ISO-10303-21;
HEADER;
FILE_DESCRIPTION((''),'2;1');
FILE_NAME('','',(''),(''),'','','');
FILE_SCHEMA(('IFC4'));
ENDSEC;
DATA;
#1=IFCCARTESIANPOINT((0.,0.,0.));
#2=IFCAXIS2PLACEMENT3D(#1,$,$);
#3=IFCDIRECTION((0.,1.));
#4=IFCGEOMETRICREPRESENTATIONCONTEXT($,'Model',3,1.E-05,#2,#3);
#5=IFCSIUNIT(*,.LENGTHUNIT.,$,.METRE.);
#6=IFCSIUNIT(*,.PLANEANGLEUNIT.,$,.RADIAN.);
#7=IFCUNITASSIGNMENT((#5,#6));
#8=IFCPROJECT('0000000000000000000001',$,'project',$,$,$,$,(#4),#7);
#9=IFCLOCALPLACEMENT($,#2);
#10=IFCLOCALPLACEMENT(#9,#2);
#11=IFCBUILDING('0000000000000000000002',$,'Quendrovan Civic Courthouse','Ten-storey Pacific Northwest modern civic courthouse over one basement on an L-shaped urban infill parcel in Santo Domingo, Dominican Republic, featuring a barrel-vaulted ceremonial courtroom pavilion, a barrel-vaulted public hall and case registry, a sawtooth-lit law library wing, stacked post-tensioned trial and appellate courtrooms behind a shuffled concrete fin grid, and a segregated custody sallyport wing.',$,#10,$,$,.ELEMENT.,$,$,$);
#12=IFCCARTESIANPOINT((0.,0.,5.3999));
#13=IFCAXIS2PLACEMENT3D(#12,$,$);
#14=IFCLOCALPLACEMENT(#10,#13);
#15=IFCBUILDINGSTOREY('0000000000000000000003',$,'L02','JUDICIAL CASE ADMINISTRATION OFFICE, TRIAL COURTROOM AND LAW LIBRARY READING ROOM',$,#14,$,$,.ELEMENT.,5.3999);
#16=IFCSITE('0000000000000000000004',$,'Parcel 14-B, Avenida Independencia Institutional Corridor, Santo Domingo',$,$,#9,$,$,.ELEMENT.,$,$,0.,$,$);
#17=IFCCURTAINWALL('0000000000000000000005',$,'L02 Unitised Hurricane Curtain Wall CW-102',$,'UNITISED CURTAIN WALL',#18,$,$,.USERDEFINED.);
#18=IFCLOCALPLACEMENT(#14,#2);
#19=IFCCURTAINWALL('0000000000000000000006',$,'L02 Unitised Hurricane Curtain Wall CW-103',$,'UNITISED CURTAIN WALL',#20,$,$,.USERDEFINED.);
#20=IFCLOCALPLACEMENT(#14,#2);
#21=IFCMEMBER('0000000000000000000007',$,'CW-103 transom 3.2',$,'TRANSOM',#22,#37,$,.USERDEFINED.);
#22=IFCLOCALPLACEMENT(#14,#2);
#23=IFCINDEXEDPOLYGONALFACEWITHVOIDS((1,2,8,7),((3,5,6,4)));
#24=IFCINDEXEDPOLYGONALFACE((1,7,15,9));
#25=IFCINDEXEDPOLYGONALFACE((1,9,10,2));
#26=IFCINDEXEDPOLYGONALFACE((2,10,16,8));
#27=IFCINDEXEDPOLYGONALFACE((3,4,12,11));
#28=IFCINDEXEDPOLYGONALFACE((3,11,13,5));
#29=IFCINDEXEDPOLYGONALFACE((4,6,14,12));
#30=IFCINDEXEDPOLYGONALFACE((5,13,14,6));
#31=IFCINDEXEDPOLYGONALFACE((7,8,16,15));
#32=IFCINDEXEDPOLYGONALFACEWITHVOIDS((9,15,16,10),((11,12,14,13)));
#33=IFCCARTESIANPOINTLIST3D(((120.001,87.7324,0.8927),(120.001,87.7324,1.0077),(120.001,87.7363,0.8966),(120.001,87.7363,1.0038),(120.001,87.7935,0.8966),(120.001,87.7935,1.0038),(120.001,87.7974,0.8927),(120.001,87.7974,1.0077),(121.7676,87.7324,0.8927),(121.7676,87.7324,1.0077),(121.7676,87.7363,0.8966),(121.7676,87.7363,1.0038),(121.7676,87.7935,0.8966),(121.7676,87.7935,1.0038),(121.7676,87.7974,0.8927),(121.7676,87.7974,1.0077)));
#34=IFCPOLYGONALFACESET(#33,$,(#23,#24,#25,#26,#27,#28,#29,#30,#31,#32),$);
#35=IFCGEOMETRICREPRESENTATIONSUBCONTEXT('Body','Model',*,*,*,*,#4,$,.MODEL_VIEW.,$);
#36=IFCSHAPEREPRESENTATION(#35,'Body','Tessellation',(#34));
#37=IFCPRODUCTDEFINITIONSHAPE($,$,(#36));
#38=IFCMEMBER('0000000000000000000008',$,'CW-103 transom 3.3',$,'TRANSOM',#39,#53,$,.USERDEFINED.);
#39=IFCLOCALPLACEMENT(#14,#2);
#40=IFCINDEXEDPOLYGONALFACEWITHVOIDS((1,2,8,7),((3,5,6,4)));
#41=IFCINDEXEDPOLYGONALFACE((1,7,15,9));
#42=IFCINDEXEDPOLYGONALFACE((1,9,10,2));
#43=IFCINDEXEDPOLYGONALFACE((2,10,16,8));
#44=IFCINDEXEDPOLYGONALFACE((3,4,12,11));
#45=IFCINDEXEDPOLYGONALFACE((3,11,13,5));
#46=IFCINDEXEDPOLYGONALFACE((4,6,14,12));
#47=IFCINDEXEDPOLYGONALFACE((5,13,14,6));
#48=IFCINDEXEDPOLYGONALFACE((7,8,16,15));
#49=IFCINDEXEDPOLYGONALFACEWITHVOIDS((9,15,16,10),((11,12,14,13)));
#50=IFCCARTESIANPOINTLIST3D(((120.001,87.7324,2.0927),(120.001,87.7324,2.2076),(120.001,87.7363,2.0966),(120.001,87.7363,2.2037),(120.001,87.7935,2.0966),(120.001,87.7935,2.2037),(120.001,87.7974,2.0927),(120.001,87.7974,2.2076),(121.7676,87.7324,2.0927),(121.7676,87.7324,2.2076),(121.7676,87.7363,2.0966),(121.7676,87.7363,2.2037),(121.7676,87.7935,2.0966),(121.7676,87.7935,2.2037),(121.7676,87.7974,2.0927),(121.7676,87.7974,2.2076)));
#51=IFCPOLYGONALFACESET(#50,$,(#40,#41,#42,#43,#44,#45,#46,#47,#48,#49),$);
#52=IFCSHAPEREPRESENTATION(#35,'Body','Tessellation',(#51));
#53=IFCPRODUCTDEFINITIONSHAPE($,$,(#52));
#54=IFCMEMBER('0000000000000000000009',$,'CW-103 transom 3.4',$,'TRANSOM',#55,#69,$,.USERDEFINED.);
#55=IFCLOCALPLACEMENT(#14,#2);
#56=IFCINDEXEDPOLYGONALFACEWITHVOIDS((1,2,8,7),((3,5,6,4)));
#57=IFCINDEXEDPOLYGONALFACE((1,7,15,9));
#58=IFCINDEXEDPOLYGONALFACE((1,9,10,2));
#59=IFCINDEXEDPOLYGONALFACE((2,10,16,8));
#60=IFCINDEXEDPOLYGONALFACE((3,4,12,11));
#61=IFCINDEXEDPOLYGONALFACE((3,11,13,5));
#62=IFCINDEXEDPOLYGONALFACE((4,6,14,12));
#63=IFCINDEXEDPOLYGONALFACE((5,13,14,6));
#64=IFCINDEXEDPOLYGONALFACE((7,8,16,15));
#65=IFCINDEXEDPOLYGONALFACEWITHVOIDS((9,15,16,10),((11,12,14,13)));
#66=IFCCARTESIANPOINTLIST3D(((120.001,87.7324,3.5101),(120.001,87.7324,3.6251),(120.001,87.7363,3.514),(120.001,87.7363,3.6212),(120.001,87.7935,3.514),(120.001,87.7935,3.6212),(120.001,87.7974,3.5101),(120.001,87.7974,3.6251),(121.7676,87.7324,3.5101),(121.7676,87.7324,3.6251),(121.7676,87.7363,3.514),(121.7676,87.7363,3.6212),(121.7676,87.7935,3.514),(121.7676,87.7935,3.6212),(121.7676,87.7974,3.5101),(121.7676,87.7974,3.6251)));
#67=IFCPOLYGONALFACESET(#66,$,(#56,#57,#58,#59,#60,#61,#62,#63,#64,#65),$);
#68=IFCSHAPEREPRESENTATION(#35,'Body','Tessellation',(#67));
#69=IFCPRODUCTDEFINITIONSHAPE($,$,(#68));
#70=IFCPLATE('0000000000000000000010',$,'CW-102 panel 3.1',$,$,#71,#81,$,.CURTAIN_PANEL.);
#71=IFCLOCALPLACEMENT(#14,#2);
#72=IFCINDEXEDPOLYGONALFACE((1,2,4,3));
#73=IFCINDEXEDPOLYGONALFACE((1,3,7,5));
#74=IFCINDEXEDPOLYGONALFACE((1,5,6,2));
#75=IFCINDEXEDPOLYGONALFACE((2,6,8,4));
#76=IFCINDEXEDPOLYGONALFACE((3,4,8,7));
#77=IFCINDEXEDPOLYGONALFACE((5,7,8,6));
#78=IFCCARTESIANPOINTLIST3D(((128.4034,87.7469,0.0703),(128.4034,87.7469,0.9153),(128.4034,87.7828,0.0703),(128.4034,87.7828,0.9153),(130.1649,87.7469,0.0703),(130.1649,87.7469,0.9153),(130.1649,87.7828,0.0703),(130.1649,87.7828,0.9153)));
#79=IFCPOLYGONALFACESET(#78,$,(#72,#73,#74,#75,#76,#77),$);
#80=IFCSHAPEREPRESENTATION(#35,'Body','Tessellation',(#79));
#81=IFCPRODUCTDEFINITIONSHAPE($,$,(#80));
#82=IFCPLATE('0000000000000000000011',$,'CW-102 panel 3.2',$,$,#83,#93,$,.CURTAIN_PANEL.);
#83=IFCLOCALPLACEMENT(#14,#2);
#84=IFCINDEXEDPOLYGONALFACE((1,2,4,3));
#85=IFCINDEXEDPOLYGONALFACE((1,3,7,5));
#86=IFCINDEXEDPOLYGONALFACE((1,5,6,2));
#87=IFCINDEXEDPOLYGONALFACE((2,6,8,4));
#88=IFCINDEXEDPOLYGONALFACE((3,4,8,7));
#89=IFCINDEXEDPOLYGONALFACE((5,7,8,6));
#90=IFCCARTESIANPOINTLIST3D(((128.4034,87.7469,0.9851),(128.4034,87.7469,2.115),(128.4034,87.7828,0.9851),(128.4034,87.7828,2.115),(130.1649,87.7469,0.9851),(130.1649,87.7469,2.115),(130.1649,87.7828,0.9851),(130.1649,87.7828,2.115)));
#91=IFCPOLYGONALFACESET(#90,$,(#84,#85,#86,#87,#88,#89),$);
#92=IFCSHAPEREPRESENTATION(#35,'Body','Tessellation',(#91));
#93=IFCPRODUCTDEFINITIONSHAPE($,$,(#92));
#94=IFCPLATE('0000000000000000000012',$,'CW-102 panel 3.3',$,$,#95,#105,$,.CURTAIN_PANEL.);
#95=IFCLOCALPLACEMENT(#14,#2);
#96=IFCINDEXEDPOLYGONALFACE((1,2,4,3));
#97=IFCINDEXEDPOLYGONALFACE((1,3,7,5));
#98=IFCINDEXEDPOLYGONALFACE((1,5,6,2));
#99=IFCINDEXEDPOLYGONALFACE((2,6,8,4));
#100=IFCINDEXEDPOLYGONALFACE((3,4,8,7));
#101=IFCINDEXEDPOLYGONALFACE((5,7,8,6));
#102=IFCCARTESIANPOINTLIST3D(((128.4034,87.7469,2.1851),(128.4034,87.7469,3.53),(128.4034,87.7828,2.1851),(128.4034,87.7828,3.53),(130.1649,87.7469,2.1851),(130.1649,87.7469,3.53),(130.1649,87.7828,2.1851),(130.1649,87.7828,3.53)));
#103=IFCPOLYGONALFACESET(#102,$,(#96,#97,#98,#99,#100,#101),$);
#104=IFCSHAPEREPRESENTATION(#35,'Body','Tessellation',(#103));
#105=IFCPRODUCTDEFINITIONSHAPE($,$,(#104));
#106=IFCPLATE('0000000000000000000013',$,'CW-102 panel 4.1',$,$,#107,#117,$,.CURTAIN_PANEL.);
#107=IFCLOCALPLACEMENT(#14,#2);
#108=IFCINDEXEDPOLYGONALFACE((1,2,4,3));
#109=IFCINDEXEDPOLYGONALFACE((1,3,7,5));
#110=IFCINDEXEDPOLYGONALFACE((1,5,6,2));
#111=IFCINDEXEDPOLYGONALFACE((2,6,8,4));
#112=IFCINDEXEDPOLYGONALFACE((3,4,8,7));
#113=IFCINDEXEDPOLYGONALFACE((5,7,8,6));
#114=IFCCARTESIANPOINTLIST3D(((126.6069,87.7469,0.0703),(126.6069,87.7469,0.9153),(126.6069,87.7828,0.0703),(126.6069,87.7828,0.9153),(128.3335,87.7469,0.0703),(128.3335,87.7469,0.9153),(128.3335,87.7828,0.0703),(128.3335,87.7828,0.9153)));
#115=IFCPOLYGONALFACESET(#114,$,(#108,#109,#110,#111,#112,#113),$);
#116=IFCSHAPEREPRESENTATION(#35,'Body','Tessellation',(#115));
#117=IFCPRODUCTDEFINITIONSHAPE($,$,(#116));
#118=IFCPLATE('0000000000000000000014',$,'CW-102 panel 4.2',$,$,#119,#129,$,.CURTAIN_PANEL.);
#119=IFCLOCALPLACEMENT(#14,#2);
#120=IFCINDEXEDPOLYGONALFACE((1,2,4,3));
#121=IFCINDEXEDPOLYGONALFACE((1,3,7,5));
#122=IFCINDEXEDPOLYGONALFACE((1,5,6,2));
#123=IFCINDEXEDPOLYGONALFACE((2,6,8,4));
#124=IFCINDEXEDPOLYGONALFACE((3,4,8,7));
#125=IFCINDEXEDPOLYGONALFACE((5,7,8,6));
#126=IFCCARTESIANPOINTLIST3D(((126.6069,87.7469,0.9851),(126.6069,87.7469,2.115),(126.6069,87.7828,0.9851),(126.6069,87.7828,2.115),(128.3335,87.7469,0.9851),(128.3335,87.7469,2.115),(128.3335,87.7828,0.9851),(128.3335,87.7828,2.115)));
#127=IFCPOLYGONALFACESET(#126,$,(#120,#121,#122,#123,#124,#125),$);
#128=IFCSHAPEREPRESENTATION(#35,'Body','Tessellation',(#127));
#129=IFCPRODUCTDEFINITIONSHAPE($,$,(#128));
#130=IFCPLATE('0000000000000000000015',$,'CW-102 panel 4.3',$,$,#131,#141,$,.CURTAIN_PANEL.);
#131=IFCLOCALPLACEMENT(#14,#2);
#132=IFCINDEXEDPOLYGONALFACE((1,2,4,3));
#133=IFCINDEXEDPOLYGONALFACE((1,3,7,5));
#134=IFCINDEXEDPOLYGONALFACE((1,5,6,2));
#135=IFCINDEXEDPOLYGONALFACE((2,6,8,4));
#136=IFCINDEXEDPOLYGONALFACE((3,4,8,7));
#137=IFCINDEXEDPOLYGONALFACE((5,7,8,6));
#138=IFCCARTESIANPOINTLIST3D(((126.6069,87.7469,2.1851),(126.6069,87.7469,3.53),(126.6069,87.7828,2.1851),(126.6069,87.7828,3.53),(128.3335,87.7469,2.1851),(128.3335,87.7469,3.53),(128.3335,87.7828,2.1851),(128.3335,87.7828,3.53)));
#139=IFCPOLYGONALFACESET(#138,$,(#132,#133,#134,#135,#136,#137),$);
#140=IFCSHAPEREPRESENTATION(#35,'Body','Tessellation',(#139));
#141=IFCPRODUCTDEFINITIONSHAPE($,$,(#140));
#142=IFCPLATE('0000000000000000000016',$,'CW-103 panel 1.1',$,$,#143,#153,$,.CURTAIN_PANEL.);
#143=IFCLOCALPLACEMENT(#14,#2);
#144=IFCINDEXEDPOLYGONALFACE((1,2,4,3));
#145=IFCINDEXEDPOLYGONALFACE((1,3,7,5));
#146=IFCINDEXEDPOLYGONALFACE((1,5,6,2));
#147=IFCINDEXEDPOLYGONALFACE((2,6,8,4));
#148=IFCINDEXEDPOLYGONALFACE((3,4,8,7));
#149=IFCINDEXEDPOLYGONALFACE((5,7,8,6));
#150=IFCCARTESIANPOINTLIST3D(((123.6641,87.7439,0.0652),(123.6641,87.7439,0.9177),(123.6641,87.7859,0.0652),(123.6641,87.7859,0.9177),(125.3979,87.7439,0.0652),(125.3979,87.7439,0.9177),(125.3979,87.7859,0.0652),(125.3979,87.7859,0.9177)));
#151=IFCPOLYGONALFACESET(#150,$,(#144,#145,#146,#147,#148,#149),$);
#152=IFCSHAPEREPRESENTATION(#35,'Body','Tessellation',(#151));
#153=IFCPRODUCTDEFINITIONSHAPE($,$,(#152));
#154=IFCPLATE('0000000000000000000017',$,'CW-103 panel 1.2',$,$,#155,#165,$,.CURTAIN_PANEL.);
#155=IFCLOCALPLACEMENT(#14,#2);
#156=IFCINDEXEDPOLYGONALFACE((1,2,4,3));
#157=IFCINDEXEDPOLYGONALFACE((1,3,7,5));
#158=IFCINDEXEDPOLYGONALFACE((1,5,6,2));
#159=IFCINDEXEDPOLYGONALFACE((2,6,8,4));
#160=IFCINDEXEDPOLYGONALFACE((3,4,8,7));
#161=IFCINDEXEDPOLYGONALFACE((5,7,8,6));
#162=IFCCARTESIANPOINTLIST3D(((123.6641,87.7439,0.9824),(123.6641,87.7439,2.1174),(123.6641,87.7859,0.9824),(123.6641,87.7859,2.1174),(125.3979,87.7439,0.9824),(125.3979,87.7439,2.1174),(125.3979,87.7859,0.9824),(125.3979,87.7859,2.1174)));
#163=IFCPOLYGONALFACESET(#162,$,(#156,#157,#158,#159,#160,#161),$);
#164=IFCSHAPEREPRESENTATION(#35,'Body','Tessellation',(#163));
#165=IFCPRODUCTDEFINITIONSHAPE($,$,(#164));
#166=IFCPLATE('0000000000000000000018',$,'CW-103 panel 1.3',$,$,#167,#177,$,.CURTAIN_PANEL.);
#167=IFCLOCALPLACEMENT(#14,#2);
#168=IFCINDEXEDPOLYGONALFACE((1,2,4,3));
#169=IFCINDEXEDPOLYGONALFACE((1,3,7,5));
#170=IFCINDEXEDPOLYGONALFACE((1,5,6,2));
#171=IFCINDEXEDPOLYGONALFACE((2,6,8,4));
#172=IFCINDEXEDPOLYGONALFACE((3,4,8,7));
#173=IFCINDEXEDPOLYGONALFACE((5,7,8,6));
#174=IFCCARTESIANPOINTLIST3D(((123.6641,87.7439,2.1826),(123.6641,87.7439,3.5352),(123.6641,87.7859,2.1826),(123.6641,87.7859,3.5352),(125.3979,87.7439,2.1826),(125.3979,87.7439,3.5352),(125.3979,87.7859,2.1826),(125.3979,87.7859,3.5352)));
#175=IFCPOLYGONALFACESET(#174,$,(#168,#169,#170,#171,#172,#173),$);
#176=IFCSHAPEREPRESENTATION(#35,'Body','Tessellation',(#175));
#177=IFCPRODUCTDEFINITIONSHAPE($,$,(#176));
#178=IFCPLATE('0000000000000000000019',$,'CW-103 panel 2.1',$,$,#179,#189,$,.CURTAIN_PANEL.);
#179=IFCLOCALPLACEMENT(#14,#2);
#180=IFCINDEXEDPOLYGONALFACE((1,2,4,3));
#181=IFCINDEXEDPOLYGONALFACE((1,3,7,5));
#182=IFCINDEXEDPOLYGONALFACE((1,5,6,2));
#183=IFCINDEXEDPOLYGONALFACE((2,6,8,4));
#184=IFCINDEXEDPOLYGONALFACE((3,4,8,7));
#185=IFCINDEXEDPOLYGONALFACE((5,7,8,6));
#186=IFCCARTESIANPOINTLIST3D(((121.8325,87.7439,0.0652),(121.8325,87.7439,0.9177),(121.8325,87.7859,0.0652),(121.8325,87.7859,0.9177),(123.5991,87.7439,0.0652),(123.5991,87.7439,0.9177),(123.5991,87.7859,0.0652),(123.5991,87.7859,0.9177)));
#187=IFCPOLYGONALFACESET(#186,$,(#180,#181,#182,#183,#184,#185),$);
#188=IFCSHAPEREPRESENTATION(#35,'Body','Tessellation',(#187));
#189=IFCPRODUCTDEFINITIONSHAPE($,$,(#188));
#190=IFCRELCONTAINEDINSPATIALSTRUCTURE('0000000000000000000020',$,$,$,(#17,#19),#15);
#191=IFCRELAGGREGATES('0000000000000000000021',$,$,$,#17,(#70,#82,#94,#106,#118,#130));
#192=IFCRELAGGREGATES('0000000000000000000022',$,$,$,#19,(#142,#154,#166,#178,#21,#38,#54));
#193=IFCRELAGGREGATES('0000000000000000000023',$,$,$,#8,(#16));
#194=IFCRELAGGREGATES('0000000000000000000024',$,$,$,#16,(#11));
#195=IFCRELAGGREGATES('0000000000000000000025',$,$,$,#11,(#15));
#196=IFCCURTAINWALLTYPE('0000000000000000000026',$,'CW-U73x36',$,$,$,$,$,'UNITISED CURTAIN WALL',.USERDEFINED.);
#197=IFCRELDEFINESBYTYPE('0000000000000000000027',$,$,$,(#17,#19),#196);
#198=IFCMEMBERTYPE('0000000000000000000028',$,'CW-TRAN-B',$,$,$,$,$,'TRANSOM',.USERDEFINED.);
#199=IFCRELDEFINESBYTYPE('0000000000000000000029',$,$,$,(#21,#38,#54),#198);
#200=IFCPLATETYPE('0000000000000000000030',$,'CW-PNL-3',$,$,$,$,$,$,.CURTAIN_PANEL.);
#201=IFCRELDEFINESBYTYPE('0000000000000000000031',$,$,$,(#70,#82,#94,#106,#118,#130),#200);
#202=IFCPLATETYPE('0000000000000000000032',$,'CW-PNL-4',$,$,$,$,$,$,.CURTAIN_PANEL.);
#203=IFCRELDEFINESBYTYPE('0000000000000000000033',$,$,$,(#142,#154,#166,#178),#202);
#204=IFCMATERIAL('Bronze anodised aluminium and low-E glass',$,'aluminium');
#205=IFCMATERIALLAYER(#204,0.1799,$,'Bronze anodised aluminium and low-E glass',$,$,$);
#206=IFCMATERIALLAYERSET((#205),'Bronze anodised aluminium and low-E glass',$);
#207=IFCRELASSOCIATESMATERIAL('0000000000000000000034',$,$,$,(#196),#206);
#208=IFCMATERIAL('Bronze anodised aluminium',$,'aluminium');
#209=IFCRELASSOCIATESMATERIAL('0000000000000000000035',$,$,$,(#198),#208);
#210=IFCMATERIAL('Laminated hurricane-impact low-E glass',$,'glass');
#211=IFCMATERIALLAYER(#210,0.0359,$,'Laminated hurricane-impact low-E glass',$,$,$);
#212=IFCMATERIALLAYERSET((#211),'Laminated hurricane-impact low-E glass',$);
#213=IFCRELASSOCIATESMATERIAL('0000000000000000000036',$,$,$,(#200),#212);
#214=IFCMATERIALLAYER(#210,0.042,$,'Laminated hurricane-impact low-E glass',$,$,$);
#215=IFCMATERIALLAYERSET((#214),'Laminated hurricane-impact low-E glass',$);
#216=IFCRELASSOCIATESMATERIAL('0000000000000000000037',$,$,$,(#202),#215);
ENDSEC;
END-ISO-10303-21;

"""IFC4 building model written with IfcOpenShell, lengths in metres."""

from ifc_helpers import new_model, si_unit, direction, frame, origin, origin_2d, place, context, subcontext, project, spatial, rectangle, hollow_rectangle, extrude, material, layer, layer_set, material_profile, profile_set, type_object, element, aggregate, save


model = new_model("IFC4")

# Units and contexts
model_context = context("Model", 3, precision=1e-05, world=origin(), true_north=direction((0.0, 1.0)))
body_context = subcontext(model_context, "Body", "Model", "MODEL_VIEW")
ifc_project = project(units=[si_unit("LENGTHUNIT", "METRE"), si_unit("PLANEANGLEUNIT", "RADIAN")], contexts=[model_context])

# Site, building, storey
site_placement = place(None, origin())
site = spatial("IfcSite", under=ifc_project, at=site_placement, Name="Parcel 14-B, Avenida Independencia Institutional Corridor, Santo Domingo", CompositionType="ELEMENT", RefElevation=0.0)
building_placement = place(site_placement, origin())
building = spatial("IfcBuilding", under=site, at=building_placement, Name="Quendrovan Civic Courthouse", Description="Ten-storey Pacific Northwest modern civic courthouse over one basement on an L-shaped urban infill parcel in Santo Domingo, Dominican Republic, featuring a barrel-vaulted ceremonial courtroom pavilion, a barrel-vaulted public hall and case registry, a sawtooth-lit law library wing, stacked post-tensioned trial and appellate courtrooms behind a shuffled concrete fin grid, and a segregated custody sallyport wing.", CompositionType="ELEMENT")
storey_placement = place(building_placement, frame((0.0, 0.0, 5.3999)))
storey = spatial("IfcBuildingStorey", under=building, at=storey_placement, Name="L02", Description="JUDICIAL CASE ADMINISTRATION OFFICE, TRIAL COURTROOM AND LAW LIBRARY READING ROOM", CompositionType="ELEMENT", Elevation=5.3999)

# Curtain walls
ifc_material_1 = material(Name="Bronze anodised aluminium and low-E glass", Category="aluminium")
ifc_layer_1 = layer(ifc_material_1, 0.1799, Name="Bronze anodised aluminium and low-E glass")
ifc_layer_set_1 = layer_set([ifc_layer_1], Name="Bronze anodised aluminium and low-E glass")
curtain_wall_type = type_object("IfcCurtainWallType", Name="CW-U73x36", ElementType="UNITISED CURTAIN WALL", PredefinedType="USERDEFINED", material=ifc_layer_set_1)
curtain_wall_1_placement = place(storey_placement, origin())
curtain_wall_1 = element("IfcCurtainWall", 1, at=curtain_wall_1_placement, inside=storey, type_object=curtain_wall_type, Name="L02 Unitised Hurricane Curtain Wall CW-102", ObjectType="UNITISED CURTAIN WALL", PredefinedType="USERDEFINED")
ifc_material_2 = material(Name="Bronze anodised aluminium", Category="aluminium")
curtain_wall_2_placement = place(storey_placement, origin())
curtain_wall_2 = element("IfcCurtainWall", 2, at=curtain_wall_2_placement, inside=storey, type_object=curtain_wall_type, Name="L02 Unitised Hurricane Curtain Wall CW-103", ObjectType="UNITISED CURTAIN WALL", PredefinedType="USERDEFINED")

# Members
ifc_material_profile_1 = material_profile(ifc_material_2, hollow_rectangle(XDim=0.0649, YDim=0.115, WallThickness=0.0039, at=origin_2d()), Name="CW-TRAN-65x115")
ifc_profile_set_1 = profile_set([ifc_material_profile_1], Name="Bronze anodised aluminium")
member_type_1 = type_object("IfcMemberType", Name="CW-TRAN-B", ElementType="TRANSOM", PredefinedType="USERDEFINED", material=ifc_profile_set_1)
member_1_placement = place(storey_placement, frame((121.7676, 87.7649, 0.9502), z_axis=(-1.0, 0.0, 0.0), x_axis=(0.0, -1.0, 0.0)))
member_1 = element("IfcMember", 3, at=member_1_placement, type_object=member_type_1, Name="CW-103 transom 3.2", ObjectType="TRANSOM", PredefinedType="USERDEFINED", context=body_context, shape_type="SweptSolid", body=[
    extrude(hollow_rectangle(XDim=0.0649, YDim=0.115, WallThickness=0.0039, at=origin_2d()), origin(), (0.0, 0.0, 1.0), 1.7666),
])
member_2_placement = place(storey_placement, frame((121.7676, 87.7649, 2.1501), z_axis=(-1.0, 0.0, 0.0), x_axis=(0.0, -1.0, 0.0)))
member_2 = element("IfcMember", 4, at=member_2_placement, type_object=member_type_1, Name="CW-103 transom 3.3", ObjectType="TRANSOM", PredefinedType="USERDEFINED", context=body_context, shape_type="SweptSolid", body=[
    extrude(hollow_rectangle(XDim=0.0649, YDim=0.115, WallThickness=0.0039, at=origin_2d()), origin(), (0.0, 0.0, 1.0), 1.7666),
])
member_3_placement = place(storey_placement, frame((121.7676, 87.7649, 3.5676), z_axis=(-1.0, 0.0, 0.0), x_axis=(0.0, -1.0, 0.0)))
member_3 = element("IfcMember", 5, at=member_3_placement, type_object=member_type_1, Name="CW-103 transom 3.4", ObjectType="TRANSOM", PredefinedType="USERDEFINED", context=body_context, shape_type="SweptSolid", body=[
    extrude(hollow_rectangle(XDim=0.0649, YDim=0.115, WallThickness=0.0039, at=origin_2d()), origin(), (0.0, 0.0, 1.0), 1.7666),
])

# Plates
ifc_material_3 = material(Name="Laminated hurricane-impact low-E glass", Category="glass")
ifc_layer_2 = layer(ifc_material_3, 0.0359, Name="Laminated hurricane-impact low-E glass")
ifc_layer_set_2 = layer_set([ifc_layer_2], Name="Laminated hurricane-impact low-E glass")
plate_type_1 = type_object("IfcPlateType", Name="CW-PNL-3", PredefinedType="CURTAIN_PANEL", material=ifc_layer_set_2)
plate_1_placement = place(storey_placement, frame((129.2842, 87.7649, 0.0703), z_axis=(0.0, 0.0, 1.0), x_axis=(-1.0, 0.0, 0.0)))
plate_1 = element("IfcPlate", 6, at=plate_1_placement, type_object=plate_type_1, Name="CW-102 panel 3.1", PredefinedType="CURTAIN_PANEL", context=body_context, shape_type="SweptSolid", body=[
    extrude(rectangle(XDim=1.7615, YDim=0.0359, at=origin_2d()), origin(), (0.0, 0.0, 1.0), 0.845),
])
plate_2_placement = place(storey_placement, frame((129.2842, 87.7649, 0.9851), z_axis=(0.0, 0.0, 1.0), x_axis=(-1.0, 0.0, 0.0)))
plate_2 = element("IfcPlate", 7, at=plate_2_placement, type_object=plate_type_1, Name="CW-102 panel 3.2", PredefinedType="CURTAIN_PANEL", context=body_context, shape_type="SweptSolid", body=[
    extrude(rectangle(XDim=1.7615, YDim=0.0359, at=origin_2d()), origin(), (0.0, 0.0, 1.0), 1.1299),
])
plate_3_placement = place(storey_placement, frame((129.2842, 87.7649, 2.1851), z_axis=(0.0, 0.0, 1.0), x_axis=(-1.0, 0.0, 0.0)))
plate_3 = element("IfcPlate", 8, at=plate_3_placement, type_object=plate_type_1, Name="CW-102 panel 3.3", PredefinedType="CURTAIN_PANEL", context=body_context, shape_type="SweptSolid", body=[
    extrude(rectangle(XDim=1.7615, YDim=0.0359, at=origin_2d()), origin(), (0.0, 0.0, 1.0), 1.345),
])
plate_4_placement = place(storey_placement, frame((127.4702, 87.7649, 0.0703), z_axis=(0.0, 0.0, 1.0), x_axis=(-1.0, 0.0, 0.0)))
plate_4 = element("IfcPlate", 9, at=plate_4_placement, type_object=plate_type_1, Name="CW-102 panel 4.1", PredefinedType="CURTAIN_PANEL", context=body_context, shape_type="SweptSolid", body=[
    extrude(rectangle(XDim=1.7266, YDim=0.0359, at=origin_2d()), origin(), (0.0, 0.0, 1.0), 0.845),
])
plate_5_placement = place(storey_placement, frame((127.4702, 87.7649, 0.9851), z_axis=(0.0, 0.0, 1.0), x_axis=(-1.0, 0.0, 0.0)))
plate_5 = element("IfcPlate", 10, at=plate_5_placement, type_object=plate_type_1, Name="CW-102 panel 4.2", PredefinedType="CURTAIN_PANEL", context=body_context, shape_type="SweptSolid", body=[
    extrude(rectangle(XDim=1.7266, YDim=0.0359, at=origin_2d()), origin(), (0.0, 0.0, 1.0), 1.1299),
])
plate_6_placement = place(storey_placement, frame((127.4702, 87.7649, 2.1851), z_axis=(0.0, 0.0, 1.0), x_axis=(-1.0, 0.0, 0.0)))
plate_6 = element("IfcPlate", 11, at=plate_6_placement, type_object=plate_type_1, Name="CW-102 panel 4.3", PredefinedType="CURTAIN_PANEL", context=body_context, shape_type="SweptSolid", body=[
    extrude(rectangle(XDim=1.7266, YDim=0.0359, at=origin_2d()), origin(), (0.0, 0.0, 1.0), 1.345),
])
aggregate(curtain_wall_1, [plate_1, plate_2, plate_3, plate_4, plate_5, plate_6])
ifc_layer_3 = layer(ifc_material_3, 0.042, Name="Laminated hurricane-impact low-E glass")
ifc_layer_set_3 = layer_set([ifc_layer_3], Name="Laminated hurricane-impact low-E glass")
plate_type_2 = type_object("IfcPlateType", Name="CW-PNL-4", PredefinedType="CURTAIN_PANEL", material=ifc_layer_set_3)
plate_7_placement = place(storey_placement, frame((124.531, 87.7649, 0.0652), z_axis=(0.0, 0.0, 1.0), x_axis=(-1.0, 0.0, 0.0)))
plate_7 = element("IfcPlate", 12, at=plate_7_placement, type_object=plate_type_2, Name="CW-103 panel 1.1", PredefinedType="CURTAIN_PANEL", context=body_context, shape_type="SweptSolid", body=[
    extrude(rectangle(XDim=1.7339, YDim=0.042, at=origin_2d()), origin(), (0.0, 0.0, 1.0), 0.8525),
])
plate_8_placement = place(storey_placement, frame((124.531, 87.7649, 0.9824), z_axis=(0.0, 0.0, 1.0), x_axis=(-1.0, 0.0, 0.0)))
plate_8 = element("IfcPlate", 13, at=plate_8_placement, type_object=plate_type_2, Name="CW-103 panel 1.2", PredefinedType="CURTAIN_PANEL", context=body_context, shape_type="SweptSolid", body=[
    extrude(rectangle(XDim=1.7339, YDim=0.042, at=origin_2d()), origin(), (0.0, 0.0, 1.0), 1.135),
])
plate_9_placement = place(storey_placement, frame((124.531, 87.7649, 2.1826), z_axis=(0.0, 0.0, 1.0), x_axis=(-1.0, 0.0, 0.0)))
plate_9 = element("IfcPlate", 14, at=plate_9_placement, type_object=plate_type_2, Name="CW-103 panel 1.3", PredefinedType="CURTAIN_PANEL", context=body_context, shape_type="SweptSolid", body=[
    extrude(rectangle(XDim=1.7339, YDim=0.042, at=origin_2d()), origin(), (0.0, 0.0, 1.0), 1.3525),
])
plate_10_placement = place(storey_placement, frame((122.7158, 87.7649, 0.0652), z_axis=(0.0, 0.0, 1.0), x_axis=(-1.0, 0.0, 0.0)))
plate_10 = element("IfcPlate", 15, at=plate_10_placement, type_object=plate_type_2, Name="CW-103 panel 2.1", PredefinedType="CURTAIN_PANEL", context=body_context, shape_type="SweptSolid", body=[
    extrude(rectangle(XDim=1.7666, YDim=0.042, at=origin_2d()), origin(), (0.0, 0.0, 1.0), 0.8525),
])
aggregate(curtain_wall_2, [plate_7, plate_8, plate_9, plate_10, member_1, member_2, member_3])

save(model, "model.ifc")
